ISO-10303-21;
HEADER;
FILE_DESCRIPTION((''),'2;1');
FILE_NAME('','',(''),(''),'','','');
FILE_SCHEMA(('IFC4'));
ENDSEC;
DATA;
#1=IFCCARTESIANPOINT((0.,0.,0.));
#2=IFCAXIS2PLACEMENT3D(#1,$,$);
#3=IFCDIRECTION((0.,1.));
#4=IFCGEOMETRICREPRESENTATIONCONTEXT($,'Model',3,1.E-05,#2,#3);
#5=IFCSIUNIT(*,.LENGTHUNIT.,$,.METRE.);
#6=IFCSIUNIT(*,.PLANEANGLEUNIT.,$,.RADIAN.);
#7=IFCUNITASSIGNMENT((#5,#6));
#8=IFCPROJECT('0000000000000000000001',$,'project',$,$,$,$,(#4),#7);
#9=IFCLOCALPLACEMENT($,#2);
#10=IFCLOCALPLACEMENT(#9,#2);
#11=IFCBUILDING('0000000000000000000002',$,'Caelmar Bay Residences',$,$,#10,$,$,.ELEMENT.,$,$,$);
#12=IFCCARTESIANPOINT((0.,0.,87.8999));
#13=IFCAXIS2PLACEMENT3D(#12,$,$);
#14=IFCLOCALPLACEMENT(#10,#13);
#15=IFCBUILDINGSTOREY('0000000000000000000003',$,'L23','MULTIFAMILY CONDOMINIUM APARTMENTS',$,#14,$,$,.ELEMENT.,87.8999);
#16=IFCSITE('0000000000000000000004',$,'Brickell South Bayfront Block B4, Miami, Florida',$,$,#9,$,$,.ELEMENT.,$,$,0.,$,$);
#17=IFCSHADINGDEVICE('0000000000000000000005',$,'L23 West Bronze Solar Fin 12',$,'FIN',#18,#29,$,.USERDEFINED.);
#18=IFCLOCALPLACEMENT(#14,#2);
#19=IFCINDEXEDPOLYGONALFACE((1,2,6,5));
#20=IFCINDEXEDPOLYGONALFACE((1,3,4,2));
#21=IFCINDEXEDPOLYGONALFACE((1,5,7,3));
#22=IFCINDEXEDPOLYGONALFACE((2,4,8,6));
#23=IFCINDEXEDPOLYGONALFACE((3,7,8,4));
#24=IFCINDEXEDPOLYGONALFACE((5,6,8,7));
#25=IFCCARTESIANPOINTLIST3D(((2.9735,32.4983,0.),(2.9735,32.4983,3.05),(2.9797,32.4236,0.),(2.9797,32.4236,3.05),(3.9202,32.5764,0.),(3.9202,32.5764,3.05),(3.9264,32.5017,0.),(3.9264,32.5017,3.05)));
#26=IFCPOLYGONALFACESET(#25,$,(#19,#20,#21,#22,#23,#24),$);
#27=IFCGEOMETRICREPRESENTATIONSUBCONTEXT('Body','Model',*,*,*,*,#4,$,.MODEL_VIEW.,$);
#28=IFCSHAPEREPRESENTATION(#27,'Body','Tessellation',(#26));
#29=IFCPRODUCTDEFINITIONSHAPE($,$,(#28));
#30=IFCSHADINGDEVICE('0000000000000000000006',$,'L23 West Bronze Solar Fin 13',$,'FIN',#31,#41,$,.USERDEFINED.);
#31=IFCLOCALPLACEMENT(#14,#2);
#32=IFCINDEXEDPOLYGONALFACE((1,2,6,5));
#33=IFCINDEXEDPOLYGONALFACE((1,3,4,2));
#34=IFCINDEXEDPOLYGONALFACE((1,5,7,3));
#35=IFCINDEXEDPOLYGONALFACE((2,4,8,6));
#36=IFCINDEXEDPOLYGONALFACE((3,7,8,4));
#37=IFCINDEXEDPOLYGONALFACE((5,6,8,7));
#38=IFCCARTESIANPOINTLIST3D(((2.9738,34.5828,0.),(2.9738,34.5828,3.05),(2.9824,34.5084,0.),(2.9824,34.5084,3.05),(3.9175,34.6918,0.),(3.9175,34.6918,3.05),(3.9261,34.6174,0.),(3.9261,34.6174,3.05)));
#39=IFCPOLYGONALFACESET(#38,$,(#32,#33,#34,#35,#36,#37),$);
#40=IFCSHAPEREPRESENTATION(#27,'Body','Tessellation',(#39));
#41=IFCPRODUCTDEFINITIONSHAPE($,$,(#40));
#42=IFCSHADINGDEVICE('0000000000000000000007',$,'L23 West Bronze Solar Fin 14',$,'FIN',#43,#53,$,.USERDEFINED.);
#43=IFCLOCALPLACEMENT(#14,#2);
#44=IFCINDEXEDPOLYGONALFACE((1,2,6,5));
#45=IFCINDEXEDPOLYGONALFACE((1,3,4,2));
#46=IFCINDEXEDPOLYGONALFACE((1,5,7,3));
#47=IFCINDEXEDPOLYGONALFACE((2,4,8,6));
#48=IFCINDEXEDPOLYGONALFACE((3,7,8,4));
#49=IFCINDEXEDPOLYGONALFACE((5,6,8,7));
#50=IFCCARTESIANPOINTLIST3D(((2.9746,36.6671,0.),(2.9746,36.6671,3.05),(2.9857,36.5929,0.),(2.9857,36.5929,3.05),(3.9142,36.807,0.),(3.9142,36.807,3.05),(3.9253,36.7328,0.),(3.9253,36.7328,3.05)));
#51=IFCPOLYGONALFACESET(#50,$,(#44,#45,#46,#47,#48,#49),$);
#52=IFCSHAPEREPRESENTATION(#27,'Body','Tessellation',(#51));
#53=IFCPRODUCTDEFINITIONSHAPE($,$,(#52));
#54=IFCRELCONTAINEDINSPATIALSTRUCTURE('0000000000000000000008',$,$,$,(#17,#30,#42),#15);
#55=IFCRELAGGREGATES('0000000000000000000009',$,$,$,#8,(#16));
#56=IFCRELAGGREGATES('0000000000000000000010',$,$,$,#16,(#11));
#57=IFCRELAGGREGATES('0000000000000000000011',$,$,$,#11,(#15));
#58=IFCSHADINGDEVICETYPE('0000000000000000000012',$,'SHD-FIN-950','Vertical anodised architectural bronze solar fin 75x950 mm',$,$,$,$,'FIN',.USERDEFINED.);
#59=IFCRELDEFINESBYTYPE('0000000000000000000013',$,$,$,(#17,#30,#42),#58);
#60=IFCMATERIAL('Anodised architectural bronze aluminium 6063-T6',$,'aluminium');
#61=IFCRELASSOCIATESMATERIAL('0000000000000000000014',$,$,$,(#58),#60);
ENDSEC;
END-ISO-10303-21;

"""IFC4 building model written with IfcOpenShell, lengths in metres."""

from ifc_helpers import new_model, si_unit, direction, frame, origin, origin_2d, place, context, subcontext, project, spatial, rectangle, extrude, material, material_profile, profile_set, type_object, element, save


model = new_model("IFC4")

# Units and contexts
model_context = context("Model", 3, precision=1e-05, world=origin(), true_north=direction((0.0, 1.0)))
body_context = subcontext(model_context, "Body", "Model", "MODEL_VIEW")
ifc_project = project(units=[si_unit("LENGTHUNIT", "METRE"), si_unit("PLANEANGLEUNIT", "RADIAN")], contexts=[model_context])

# Site, building, storey
site_placement = place(None, origin())
site = spatial("IfcSite", under=ifc_project, at=site_placement, Name="Brickell South Bayfront Block B4, Miami, Florida", CompositionType="ELEMENT", RefElevation=0.0)
building_placement = place(site_placement, origin())
building = spatial("IfcBuilding", under=site, at=building_placement, Name="Caelmar Bay Residences", CompositionType="ELEMENT")
storey_placement = place(building_placement, frame((0.0, 0.0, 87.8999)))
storey = spatial("IfcBuildingStorey", under=building, at=storey_placement, Name="L23", Description="MULTIFAMILY CONDOMINIUM APARTMENTS", CompositionType="ELEMENT", Elevation=87.8999)

# Shading devices
ifc_material_1 = material(Name="Anodised architectural bronze aluminium 6063-T6", Category="aluminium")
ifc_material_profile_1 = material_profile(ifc_material_1, rectangle(XDim=0.075, YDim=0.95, at=origin_2d()), Name="BRONZE-FIN-75X950")
ifc_profile_set_1 = profile_set([ifc_material_profile_1], Name="Anodised architectural bronze aluminium 6063-T6")
shading_device_type = type_object("IfcShadingDeviceType", Name="SHD-FIN-950", Description="Vertical anodised architectural bronze solar fin 75x950 mm", ElementType="FIN", PredefinedType="USERDEFINED", material=ifc_profile_set_1)
for number, where, z_axis, x_axis, name in (
    (1, (3.45, 32.5, 0.0), (0.0, 0.0, 1.0), (-0.082112, 0.996623, 0.0), "L23 West Bronze Solar Fin 12"),
    (2, (3.45, 34.6001, 0.0), (0.0, 0.0, 1.0), (-0.114764, 0.993393, 0.0), "L23 West Bronze Solar Fin 13"),
    (3, (3.45, 36.7, 0.0), (0.0, 0.0, 1.0), (-0.147292, 0.989093, 0.0), "L23 West Bronze Solar Fin 14"),
):
    element("IfcShadingDevice", number, at=place(storey_placement, frame(where, z_axis=z_axis, x_axis=x_axis)), inside=storey, type_object=shading_device_type, Name=name, ObjectType="FIN", PredefinedType="USERDEFINED", context=body_context, shape_type="SweptSolid", body=[
        extrude(rectangle(XDim=0.075, YDim=0.95, at=origin_2d()), origin(), (0.0, 0.0, 1.0), 3.05),
    ])

save(model, "model.ifc")
